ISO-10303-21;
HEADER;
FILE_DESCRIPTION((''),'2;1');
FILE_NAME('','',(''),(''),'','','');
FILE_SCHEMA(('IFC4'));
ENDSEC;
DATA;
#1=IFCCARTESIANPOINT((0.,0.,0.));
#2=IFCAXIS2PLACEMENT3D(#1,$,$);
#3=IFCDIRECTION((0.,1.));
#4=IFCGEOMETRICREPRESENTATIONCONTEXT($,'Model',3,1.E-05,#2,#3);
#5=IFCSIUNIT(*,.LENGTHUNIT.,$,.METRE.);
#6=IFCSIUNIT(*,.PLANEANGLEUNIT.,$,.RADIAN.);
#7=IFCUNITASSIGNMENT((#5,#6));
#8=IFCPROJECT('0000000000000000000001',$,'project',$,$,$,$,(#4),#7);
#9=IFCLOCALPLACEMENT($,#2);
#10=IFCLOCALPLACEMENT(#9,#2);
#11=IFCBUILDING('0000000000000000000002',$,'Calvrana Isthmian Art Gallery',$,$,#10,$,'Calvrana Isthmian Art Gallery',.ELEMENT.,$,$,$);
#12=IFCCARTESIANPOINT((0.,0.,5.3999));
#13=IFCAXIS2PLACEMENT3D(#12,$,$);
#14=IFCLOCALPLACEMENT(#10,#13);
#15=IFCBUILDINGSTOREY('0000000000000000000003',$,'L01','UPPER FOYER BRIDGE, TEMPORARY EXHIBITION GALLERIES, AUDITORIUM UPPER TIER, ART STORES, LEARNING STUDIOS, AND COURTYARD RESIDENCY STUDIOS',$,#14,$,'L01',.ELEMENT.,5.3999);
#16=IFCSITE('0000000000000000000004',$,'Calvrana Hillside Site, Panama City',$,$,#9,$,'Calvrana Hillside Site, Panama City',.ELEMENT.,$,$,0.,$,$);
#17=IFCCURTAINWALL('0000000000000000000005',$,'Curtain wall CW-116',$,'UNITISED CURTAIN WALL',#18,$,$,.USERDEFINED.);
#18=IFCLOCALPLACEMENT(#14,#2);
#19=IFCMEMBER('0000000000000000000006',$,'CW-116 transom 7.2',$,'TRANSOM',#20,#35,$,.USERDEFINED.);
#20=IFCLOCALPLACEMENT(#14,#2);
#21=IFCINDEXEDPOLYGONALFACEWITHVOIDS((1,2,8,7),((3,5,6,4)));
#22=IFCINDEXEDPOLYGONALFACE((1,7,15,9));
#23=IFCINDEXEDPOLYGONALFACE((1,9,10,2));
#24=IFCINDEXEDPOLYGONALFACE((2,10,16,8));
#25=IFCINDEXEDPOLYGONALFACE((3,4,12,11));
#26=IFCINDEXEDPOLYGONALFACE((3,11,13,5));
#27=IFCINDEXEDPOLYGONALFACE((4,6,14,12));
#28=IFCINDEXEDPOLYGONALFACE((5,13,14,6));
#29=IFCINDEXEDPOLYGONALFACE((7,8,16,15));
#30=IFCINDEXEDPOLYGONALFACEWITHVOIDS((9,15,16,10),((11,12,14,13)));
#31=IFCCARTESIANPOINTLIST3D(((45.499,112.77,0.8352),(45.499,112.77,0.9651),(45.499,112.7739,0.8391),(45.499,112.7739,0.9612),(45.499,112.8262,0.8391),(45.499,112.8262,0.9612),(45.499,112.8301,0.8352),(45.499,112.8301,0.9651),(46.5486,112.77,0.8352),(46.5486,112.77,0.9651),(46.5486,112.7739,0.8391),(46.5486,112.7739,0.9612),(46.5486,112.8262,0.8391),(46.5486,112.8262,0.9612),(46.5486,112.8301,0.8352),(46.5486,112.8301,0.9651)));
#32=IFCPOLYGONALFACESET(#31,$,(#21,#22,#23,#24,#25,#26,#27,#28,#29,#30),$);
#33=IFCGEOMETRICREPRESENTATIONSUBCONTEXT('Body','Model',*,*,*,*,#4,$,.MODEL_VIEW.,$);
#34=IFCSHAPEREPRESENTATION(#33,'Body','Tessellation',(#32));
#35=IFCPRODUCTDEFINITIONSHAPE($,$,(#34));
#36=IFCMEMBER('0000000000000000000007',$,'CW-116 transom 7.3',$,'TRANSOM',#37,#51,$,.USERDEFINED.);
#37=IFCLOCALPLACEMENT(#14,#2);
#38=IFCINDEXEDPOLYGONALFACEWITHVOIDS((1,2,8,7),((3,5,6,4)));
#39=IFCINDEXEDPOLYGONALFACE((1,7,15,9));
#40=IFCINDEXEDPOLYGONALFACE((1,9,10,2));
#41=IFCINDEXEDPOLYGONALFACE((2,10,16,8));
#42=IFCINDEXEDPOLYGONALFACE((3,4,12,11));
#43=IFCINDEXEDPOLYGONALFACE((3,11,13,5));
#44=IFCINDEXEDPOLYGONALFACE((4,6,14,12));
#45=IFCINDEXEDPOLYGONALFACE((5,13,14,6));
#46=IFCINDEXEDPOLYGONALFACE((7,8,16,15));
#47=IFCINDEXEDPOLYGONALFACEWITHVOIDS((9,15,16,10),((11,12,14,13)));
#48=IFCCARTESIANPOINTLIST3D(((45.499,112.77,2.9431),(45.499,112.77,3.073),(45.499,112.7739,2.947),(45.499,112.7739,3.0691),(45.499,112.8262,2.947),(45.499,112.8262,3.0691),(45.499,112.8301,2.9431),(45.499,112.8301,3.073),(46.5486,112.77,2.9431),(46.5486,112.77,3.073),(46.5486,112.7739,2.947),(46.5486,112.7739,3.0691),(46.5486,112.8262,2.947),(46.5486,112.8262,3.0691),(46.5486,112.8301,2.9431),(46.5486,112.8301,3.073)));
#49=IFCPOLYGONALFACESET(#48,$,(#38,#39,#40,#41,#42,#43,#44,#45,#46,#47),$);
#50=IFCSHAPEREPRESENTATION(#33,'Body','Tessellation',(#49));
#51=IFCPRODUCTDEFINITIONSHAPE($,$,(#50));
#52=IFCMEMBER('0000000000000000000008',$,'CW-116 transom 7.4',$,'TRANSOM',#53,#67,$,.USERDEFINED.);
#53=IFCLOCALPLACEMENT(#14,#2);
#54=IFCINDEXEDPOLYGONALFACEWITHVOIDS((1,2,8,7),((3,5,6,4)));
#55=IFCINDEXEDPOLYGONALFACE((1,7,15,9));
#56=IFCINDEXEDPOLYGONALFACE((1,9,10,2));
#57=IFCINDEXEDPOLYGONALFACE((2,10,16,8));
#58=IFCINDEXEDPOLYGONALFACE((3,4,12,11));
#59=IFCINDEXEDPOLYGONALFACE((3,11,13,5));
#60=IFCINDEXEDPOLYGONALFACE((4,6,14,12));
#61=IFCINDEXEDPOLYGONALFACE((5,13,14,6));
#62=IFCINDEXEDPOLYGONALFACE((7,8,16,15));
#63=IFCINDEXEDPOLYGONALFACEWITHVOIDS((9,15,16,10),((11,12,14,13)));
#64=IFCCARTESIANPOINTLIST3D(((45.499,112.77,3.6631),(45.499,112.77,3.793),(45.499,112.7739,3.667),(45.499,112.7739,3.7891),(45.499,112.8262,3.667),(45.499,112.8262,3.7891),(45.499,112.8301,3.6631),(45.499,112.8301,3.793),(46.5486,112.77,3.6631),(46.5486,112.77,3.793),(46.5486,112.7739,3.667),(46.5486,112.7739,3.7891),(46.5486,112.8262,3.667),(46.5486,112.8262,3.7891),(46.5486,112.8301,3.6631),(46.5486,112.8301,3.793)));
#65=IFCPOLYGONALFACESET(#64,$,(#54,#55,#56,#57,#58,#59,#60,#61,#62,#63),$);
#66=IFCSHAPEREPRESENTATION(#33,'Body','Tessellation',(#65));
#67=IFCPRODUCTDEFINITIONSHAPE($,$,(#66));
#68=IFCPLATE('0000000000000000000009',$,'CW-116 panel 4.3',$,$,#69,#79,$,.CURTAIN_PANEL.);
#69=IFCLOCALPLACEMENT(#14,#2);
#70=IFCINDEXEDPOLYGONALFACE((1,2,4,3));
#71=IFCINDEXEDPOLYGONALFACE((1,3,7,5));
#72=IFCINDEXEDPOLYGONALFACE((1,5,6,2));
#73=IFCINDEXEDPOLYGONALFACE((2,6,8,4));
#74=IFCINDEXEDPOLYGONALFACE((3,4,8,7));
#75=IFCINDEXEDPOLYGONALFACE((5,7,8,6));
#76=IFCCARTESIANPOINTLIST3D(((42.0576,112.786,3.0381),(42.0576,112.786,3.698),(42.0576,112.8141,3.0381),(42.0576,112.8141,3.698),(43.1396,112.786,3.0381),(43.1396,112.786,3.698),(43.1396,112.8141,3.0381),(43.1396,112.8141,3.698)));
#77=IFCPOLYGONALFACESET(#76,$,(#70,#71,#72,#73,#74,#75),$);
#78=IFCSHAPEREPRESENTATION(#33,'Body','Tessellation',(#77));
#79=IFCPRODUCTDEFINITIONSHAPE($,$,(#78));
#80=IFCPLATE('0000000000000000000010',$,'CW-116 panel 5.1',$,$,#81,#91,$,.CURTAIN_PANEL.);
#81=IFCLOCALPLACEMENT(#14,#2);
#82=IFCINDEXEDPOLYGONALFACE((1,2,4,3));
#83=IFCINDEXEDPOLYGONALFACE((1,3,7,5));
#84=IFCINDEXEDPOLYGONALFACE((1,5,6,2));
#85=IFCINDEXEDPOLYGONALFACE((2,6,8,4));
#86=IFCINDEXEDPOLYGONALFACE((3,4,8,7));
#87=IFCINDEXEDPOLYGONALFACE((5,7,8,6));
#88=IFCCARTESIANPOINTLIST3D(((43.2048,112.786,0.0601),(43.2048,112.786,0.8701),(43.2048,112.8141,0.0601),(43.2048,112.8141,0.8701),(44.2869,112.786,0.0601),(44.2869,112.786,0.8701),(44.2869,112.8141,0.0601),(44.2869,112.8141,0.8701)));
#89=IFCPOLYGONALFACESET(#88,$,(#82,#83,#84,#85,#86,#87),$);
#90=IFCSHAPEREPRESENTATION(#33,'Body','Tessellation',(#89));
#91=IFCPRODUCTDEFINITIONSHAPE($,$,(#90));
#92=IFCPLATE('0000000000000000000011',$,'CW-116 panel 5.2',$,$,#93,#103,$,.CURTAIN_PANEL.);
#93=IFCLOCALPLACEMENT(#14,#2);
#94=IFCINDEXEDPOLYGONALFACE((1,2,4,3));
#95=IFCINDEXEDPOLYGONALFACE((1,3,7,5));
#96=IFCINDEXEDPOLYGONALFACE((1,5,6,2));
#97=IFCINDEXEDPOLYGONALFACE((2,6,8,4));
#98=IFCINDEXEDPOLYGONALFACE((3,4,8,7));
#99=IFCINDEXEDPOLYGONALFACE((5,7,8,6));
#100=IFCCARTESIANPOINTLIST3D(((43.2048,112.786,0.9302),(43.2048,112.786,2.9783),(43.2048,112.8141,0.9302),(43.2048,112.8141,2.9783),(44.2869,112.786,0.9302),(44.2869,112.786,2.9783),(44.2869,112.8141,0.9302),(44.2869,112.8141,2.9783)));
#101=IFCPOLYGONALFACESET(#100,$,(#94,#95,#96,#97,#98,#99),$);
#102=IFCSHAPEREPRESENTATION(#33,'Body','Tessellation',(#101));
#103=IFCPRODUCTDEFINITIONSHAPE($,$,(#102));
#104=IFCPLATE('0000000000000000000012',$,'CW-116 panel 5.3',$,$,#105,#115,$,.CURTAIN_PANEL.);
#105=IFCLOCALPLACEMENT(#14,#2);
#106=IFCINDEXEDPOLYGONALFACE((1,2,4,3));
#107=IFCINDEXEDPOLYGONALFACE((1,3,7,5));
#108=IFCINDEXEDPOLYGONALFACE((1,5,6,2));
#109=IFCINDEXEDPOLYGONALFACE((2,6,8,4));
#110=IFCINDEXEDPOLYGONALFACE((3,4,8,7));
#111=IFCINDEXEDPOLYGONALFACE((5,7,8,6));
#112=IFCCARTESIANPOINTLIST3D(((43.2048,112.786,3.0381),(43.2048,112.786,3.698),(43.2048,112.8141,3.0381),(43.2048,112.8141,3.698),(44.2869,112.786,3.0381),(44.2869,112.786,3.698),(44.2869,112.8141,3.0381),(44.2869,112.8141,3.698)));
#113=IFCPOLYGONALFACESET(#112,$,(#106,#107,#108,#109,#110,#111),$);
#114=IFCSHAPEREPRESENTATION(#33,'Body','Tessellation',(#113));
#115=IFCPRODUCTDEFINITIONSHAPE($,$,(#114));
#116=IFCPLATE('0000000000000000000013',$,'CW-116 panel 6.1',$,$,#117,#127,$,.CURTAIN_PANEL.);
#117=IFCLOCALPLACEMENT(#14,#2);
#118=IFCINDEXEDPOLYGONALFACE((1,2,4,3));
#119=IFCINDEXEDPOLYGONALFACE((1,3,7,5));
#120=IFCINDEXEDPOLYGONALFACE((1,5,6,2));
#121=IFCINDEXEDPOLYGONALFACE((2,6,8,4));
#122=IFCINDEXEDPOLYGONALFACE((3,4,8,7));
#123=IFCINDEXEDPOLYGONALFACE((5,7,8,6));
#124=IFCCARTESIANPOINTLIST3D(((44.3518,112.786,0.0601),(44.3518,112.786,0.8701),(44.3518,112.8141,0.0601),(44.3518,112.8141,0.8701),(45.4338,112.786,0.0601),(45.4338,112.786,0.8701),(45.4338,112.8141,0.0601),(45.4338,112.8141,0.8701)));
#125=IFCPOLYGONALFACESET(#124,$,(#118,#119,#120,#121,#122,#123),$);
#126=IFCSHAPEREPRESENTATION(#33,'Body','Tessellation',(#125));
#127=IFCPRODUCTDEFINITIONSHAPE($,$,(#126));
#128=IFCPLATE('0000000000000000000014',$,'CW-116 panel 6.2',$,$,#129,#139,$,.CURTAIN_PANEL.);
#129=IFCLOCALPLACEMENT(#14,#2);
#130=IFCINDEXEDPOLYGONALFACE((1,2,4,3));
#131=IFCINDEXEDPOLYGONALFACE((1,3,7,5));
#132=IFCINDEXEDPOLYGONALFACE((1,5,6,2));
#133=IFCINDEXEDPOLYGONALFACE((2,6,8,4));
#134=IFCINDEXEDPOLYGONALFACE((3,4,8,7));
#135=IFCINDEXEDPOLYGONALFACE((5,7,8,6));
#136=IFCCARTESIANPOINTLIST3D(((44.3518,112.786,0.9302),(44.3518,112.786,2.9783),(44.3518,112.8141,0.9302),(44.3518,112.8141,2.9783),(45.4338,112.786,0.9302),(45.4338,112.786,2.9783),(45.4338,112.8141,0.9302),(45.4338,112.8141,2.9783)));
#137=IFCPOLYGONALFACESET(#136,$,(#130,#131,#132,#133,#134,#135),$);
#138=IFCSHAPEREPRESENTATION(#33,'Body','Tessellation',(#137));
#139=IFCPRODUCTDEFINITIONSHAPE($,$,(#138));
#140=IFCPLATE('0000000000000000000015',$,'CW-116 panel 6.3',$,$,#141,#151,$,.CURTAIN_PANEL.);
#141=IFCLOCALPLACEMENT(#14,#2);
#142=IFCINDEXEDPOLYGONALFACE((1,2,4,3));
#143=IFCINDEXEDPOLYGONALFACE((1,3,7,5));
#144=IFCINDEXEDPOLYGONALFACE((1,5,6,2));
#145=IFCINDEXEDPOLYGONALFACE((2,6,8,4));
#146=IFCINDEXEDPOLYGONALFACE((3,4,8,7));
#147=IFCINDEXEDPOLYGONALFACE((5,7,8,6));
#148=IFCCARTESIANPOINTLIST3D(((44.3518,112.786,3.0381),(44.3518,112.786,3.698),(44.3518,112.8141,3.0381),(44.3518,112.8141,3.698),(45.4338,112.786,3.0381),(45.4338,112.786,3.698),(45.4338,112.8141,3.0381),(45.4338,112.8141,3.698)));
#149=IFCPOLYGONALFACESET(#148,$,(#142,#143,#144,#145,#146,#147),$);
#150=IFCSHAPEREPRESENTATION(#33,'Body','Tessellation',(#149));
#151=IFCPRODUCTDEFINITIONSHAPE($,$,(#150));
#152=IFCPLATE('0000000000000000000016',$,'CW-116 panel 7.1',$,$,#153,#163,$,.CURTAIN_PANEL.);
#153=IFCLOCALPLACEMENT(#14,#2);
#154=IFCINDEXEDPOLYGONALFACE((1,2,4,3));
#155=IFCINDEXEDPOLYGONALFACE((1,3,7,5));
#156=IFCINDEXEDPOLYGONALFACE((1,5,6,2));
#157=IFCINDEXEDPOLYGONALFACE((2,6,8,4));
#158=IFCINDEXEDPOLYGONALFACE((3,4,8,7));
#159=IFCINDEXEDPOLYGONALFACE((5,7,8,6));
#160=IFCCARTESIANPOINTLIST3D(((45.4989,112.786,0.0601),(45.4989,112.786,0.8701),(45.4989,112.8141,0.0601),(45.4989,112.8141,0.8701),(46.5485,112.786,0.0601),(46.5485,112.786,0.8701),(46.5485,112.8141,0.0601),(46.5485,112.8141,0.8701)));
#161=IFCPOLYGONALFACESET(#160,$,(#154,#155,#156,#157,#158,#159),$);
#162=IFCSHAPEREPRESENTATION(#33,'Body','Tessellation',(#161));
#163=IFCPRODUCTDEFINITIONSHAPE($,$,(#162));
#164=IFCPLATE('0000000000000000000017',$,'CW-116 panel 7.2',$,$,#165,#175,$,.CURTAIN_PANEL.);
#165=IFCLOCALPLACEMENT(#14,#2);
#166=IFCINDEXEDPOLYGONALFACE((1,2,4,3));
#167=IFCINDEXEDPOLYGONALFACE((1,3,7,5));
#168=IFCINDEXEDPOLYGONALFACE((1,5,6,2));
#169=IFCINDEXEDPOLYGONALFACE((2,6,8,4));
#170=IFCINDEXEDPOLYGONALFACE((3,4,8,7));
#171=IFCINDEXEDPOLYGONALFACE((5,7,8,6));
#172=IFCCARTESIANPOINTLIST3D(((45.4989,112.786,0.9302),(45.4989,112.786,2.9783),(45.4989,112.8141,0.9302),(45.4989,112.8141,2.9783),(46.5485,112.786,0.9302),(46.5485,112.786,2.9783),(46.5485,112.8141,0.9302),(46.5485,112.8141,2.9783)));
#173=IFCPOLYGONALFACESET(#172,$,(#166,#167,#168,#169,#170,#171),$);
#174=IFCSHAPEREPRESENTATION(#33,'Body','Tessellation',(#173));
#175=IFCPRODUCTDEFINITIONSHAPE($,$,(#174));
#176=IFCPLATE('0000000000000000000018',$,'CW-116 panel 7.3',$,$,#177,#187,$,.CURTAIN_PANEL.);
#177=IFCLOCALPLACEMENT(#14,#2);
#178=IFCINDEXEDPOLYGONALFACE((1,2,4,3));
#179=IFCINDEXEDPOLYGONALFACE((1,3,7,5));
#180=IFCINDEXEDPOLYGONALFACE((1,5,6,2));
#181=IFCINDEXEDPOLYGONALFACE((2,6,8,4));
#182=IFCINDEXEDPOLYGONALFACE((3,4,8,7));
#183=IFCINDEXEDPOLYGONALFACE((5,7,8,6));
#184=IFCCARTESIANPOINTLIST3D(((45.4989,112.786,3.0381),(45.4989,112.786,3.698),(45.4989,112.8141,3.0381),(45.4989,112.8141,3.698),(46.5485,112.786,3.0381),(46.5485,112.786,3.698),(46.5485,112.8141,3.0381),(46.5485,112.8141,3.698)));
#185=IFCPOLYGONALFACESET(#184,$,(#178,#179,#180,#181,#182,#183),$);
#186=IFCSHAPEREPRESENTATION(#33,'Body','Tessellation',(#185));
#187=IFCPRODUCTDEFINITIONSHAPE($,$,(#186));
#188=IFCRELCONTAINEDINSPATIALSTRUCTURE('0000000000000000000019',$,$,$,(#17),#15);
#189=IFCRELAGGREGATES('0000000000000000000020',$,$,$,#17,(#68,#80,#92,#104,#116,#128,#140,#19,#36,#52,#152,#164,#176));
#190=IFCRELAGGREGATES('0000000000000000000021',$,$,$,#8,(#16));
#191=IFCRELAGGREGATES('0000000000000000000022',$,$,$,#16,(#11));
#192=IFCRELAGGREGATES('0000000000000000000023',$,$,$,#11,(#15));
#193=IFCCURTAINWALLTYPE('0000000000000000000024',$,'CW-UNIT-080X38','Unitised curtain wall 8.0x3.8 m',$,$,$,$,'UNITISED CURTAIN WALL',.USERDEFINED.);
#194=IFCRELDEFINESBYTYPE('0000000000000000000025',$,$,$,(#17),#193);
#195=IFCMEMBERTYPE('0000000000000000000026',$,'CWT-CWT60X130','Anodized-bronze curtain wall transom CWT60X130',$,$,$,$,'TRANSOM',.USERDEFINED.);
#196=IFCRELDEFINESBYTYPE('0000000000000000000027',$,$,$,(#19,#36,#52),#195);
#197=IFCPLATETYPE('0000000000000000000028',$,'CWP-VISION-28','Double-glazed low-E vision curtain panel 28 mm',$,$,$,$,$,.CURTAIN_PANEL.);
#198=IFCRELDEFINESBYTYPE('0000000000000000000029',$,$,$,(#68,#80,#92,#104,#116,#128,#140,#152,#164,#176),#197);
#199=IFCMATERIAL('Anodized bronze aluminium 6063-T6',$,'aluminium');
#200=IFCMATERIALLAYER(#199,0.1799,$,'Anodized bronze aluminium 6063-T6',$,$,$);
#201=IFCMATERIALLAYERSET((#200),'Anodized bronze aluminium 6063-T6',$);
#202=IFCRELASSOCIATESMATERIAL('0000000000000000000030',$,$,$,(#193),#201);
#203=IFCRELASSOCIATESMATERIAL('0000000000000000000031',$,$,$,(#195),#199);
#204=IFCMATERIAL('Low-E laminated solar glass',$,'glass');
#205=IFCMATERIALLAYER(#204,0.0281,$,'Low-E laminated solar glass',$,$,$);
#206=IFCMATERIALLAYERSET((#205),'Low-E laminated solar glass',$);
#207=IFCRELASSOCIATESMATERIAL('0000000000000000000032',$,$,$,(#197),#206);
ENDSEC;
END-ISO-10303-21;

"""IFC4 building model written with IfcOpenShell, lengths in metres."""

from ifc_helpers import new_model, si_unit, direction, frame, origin, origin_2d, place, context, subcontext, project, spatial, rectangle, hollow_rectangle, extrude, material, layer, layer_set, material_profile, profile_set, type_object, element, aggregate, save


model = new_model("IFC4")

# Units and contexts
model_context = context("Model", 3, precision=1e-05, world=origin(), true_north=direction((0.0, 1.0)))
body_context = subcontext(model_context, "Body", "Model", "MODEL_VIEW")
ifc_project = project(units=[si_unit("LENGTHUNIT", "METRE"), si_unit("PLANEANGLEUNIT", "RADIAN")], contexts=[model_context])

# Site, building, storey
site_placement = place(None, origin())
site = spatial("IfcSite", under=ifc_project, at=site_placement, Name="Calvrana Hillside Site, Panama City", LongName="Calvrana Hillside Site, Panama City", CompositionType="ELEMENT", RefElevation=0.0)
building_placement = place(site_placement, origin())
building = spatial("IfcBuilding", under=site, at=building_placement, Name="Calvrana Isthmian Art Gallery", LongName="Calvrana Isthmian Art Gallery", CompositionType="ELEMENT")
storey_placement = place(building_placement, frame((0.0, 0.0, 5.3999)))
storey = spatial("IfcBuildingStorey", under=building, at=storey_placement, Name="L01", Description="UPPER FOYER BRIDGE, TEMPORARY EXHIBITION GALLERIES, AUDITORIUM UPPER TIER, ART STORES, LEARNING STUDIOS, AND COURTYARD RESIDENCY STUDIOS", LongName="L01", CompositionType="ELEMENT", Elevation=5.3999)

# Curtain wall, members, plates
ifc_material_1 = material(Name="Anodized bronze aluminium 6063-T6", Category="aluminium")
ifc_layer_1 = layer(ifc_material_1, 0.1799, Name="Anodized bronze aluminium 6063-T6")
ifc_layer_set_1 = layer_set([ifc_layer_1], Name="Anodized bronze aluminium 6063-T6")
curtain_wall_type = type_object("IfcCurtainWallType", Name="CW-UNIT-080X38", Description="Unitised curtain wall 8.0x3.8 m", ElementType="UNITISED CURTAIN WALL", PredefinedType="USERDEFINED", material=ifc_layer_set_1)
curtain_wall_placement = place(storey_placement, origin())
curtain_wall = element("IfcCurtainWall", 1, at=curtain_wall_placement, inside=storey, type_object=curtain_wall_type, Name="Curtain wall CW-116", ObjectType="UNITISED CURTAIN WALL", PredefinedType="USERDEFINED")
ifc_material_profile_1 = material_profile(ifc_material_1, hollow_rectangle(XDim=0.0601, YDim=0.1299, WallThickness=0.0039, at=origin_2d()), Name="CWT60X130")
ifc_profile_set_1 = profile_set([ifc_material_profile_1], Name="Anodized bronze aluminium 6063-T6")
member_type_1 = type_object("IfcMemberType", Name="CWT-CWT60X130", Description="Anodized-bronze curtain wall transom CWT60X130", ElementType="TRANSOM", PredefinedType="USERDEFINED", material=ifc_profile_set_1)
member_1_placement = place(storey_placement, frame((45.499, 112.8, 0.9001), z_axis=(1.0, 0.0, 0.0), x_axis=(0.0, 1.0, 0.0)))
member_1 = element("IfcMember", 2, at=member_1_placement, type_object=member_type_1, Name="CW-116 transom 7.2", ObjectType="TRANSOM", PredefinedType="USERDEFINED", context=body_context, shape_type="SweptSolid", body=[
    extrude(hollow_rectangle(XDim=0.0601, YDim=0.1299, WallThickness=0.0039, at=origin_2d()), origin(), (0.0, 0.0, 1.0), 1.0496),
])
member_2_placement = place(storey_placement, frame((45.499, 112.8, 3.0081), z_axis=(1.0, 0.0, 0.0), x_axis=(0.0, 1.0, 0.0)))
member_2 = element("IfcMember", 3, at=member_2_placement, type_object=member_type_1, Name="CW-116 transom 7.3", ObjectType="TRANSOM", PredefinedType="USERDEFINED", context=body_context, shape_type="SweptSolid", body=[
    extrude(hollow_rectangle(XDim=0.0601, YDim=0.1299, WallThickness=0.0039, at=origin_2d()), origin(), (0.0, 0.0, 1.0), 1.0496),
])
member_3_placement = place(storey_placement, frame((45.499, 112.8, 3.728), z_axis=(1.0, 0.0, 0.0), x_axis=(0.0, 1.0, 0.0)))
member_3 = element("IfcMember", 4, at=member_3_placement, type_object=member_type_1, Name="CW-116 transom 7.4", ObjectType="TRANSOM", PredefinedType="USERDEFINED", context=body_context, shape_type="SweptSolid", body=[
    extrude(hollow_rectangle(XDim=0.0601, YDim=0.1299, WallThickness=0.0039, at=origin_2d()), origin(), (0.0, 0.0, 1.0), 1.0496),
])
ifc_material_2 = material(Name="Low-E laminated solar glass", Category="glass")
ifc_layer_2 = layer(ifc_material_2, 0.0281, Name="Low-E laminated solar glass")
ifc_layer_set_2 = layer_set([ifc_layer_2], Name="Low-E laminated solar glass")
plate_type = type_object("IfcPlateType", Name="CWP-VISION-28", Description="Double-glazed low-E vision curtain panel 28 mm", PredefinedType="CURTAIN_PANEL", material=ifc_layer_set_2)
plate_1_placement = place(storey_placement, frame((42.5986, 112.8, 3.0381), z_axis=(0.0, 0.0, 1.0), x_axis=(1.0, 0.0, 0.0)))
plate_1 = element("IfcPlate", 5, at=plate_1_placement, type_object=plate_type, Name="CW-116 panel 4.3", PredefinedType="CURTAIN_PANEL", context=body_context, shape_type="SweptSolid", body=[
    extrude(rectangle(XDim=1.082, YDim=0.0281, at=origin_2d()), origin(), (0.0, 0.0, 1.0), 0.6599),
])
plate_2_placement = place(storey_placement, frame((43.7458, 112.8, 0.0601), z_axis=(0.0, 0.0, 1.0), x_axis=(1.0, 0.0, 0.0)))
plate_2 = element("IfcPlate", 6, at=plate_2_placement, type_object=plate_type, Name="CW-116 panel 5.1", PredefinedType="CURTAIN_PANEL", context=body_context, shape_type="SweptSolid", body=[
    extrude(rectangle(XDim=1.082, YDim=0.0281, at=origin_2d()), origin(), (0.0, 0.0, 1.0), 0.8101),
])
plate_3_placement = place(storey_placement, frame((43.7458, 112.8, 0.9302), z_axis=(0.0, 0.0, 1.0), x_axis=(1.0, 0.0, 0.0)))
plate_3 = element("IfcPlate", 7, at=plate_3_placement, type_object=plate_type, Name="CW-116 panel 5.2", PredefinedType="CURTAIN_PANEL", context=body_context, shape_type="SweptSolid", body=[
    extrude(rectangle(XDim=1.082, YDim=0.0281, at=origin_2d()), origin(), (0.0, 0.0, 1.0), 2.0481),
])
plate_4_placement = place(storey_placement, frame((43.7458, 112.8, 3.0381), z_axis=(0.0, 0.0, 1.0), x_axis=(1.0, 0.0, 0.0)))
plate_4 = element("IfcPlate", 8, at=plate_4_placement, type_object=plate_type, Name="CW-116 panel 5.3", PredefinedType="CURTAIN_PANEL", context=body_context, shape_type="SweptSolid", body=[
    extrude(rectangle(XDim=1.082, YDim=0.0281, at=origin_2d()), origin(), (0.0, 0.0, 1.0), 0.6599),
])
plate_5_placement = place(storey_placement, frame((44.8928, 112.8, 0.0601), z_axis=(0.0, 0.0, 1.0), x_axis=(1.0, 0.0, 0.0)))
plate_5 = element("IfcPlate", 9, at=plate_5_placement, type_object=plate_type, Name="CW-116 panel 6.1", PredefinedType="CURTAIN_PANEL", context=body_context, shape_type="SweptSolid", body=[
    extrude(rectangle(XDim=1.082, YDim=0.0281, at=origin_2d()), origin(), (0.0, 0.0, 1.0), 0.8101),
])
plate_6_placement = place(storey_placement, frame((44.8928, 112.8, 0.9302), z_axis=(0.0, 0.0, 1.0), x_axis=(1.0, 0.0, 0.0)))
plate_6 = element("IfcPlate", 10, at=plate_6_placement, type_object=plate_type, Name="CW-116 panel 6.2", PredefinedType="CURTAIN_PANEL", context=body_context, shape_type="SweptSolid", body=[
    extrude(rectangle(XDim=1.082, YDim=0.0281, at=origin_2d()), origin(), (0.0, 0.0, 1.0), 2.0481),
])
plate_7_placement = place(storey_placement, frame((44.8928, 112.8, 3.0381), z_axis=(0.0, 0.0, 1.0), x_axis=(1.0, 0.0, 0.0)))
plate_7 = element("IfcPlate", 11, at=plate_7_placement, type_object=plate_type, Name="CW-116 panel 6.3", PredefinedType="CURTAIN_PANEL", context=body_context, shape_type="SweptSolid", body=[
    extrude(rectangle(XDim=1.082, YDim=0.0281, at=origin_2d()), origin(), (0.0, 0.0, 1.0), 0.6599),
])
plate_8_placement = place(storey_placement, frame((46.0237, 112.8, 0.0601), z_axis=(0.0, 0.0, 1.0), x_axis=(1.0, 0.0, 0.0)))
plate_8 = element("IfcPlate", 12, at=plate_8_placement, type_object=plate_type, Name="CW-116 panel 7.1", PredefinedType="CURTAIN_PANEL", context=body_context, shape_type="SweptSolid", body=[
    extrude(rectangle(XDim=1.0496, YDim=0.0281, at=origin_2d()), origin(), (0.0, 0.0, 1.0), 0.8101),
])
plate_9_placement = place(storey_placement, frame((46.0237, 112.8, 0.9302), z_axis=(0.0, 0.0, 1.0), x_axis=(1.0, 0.0, 0.0)))
plate_9 = element("IfcPlate", 13, at=plate_9_placement, type_object=plate_type, Name="CW-116 panel 7.2", PredefinedType="CURTAIN_PANEL", context=body_context, shape_type="SweptSolid", body=[
    extrude(rectangle(XDim=1.0496, YDim=0.0281, at=origin_2d()), origin(), (0.0, 0.0, 1.0), 2.0481),
])
plate_10_placement = place(storey_placement, frame((46.0237, 112.8, 3.0381), z_axis=(0.0, 0.0, 1.0), x_axis=(1.0, 0.0, 0.0)))
plate_10 = element("IfcPlate", 14, at=plate_10_placement, type_object=plate_type, Name="CW-116 panel 7.3", PredefinedType="CURTAIN_PANEL", context=body_context, shape_type="SweptSolid", body=[
    extrude(rectangle(XDim=1.0496, YDim=0.0281, at=origin_2d()), origin(), (0.0, 0.0, 1.0), 0.6599),
])
aggregate(curtain_wall, [plate_1, plate_2, plate_3, plate_4, plate_5, plate_6, plate_7, member_1, member_2, member_3, plate_8, plate_9, plate_10])

save(model, "model.ifc")
